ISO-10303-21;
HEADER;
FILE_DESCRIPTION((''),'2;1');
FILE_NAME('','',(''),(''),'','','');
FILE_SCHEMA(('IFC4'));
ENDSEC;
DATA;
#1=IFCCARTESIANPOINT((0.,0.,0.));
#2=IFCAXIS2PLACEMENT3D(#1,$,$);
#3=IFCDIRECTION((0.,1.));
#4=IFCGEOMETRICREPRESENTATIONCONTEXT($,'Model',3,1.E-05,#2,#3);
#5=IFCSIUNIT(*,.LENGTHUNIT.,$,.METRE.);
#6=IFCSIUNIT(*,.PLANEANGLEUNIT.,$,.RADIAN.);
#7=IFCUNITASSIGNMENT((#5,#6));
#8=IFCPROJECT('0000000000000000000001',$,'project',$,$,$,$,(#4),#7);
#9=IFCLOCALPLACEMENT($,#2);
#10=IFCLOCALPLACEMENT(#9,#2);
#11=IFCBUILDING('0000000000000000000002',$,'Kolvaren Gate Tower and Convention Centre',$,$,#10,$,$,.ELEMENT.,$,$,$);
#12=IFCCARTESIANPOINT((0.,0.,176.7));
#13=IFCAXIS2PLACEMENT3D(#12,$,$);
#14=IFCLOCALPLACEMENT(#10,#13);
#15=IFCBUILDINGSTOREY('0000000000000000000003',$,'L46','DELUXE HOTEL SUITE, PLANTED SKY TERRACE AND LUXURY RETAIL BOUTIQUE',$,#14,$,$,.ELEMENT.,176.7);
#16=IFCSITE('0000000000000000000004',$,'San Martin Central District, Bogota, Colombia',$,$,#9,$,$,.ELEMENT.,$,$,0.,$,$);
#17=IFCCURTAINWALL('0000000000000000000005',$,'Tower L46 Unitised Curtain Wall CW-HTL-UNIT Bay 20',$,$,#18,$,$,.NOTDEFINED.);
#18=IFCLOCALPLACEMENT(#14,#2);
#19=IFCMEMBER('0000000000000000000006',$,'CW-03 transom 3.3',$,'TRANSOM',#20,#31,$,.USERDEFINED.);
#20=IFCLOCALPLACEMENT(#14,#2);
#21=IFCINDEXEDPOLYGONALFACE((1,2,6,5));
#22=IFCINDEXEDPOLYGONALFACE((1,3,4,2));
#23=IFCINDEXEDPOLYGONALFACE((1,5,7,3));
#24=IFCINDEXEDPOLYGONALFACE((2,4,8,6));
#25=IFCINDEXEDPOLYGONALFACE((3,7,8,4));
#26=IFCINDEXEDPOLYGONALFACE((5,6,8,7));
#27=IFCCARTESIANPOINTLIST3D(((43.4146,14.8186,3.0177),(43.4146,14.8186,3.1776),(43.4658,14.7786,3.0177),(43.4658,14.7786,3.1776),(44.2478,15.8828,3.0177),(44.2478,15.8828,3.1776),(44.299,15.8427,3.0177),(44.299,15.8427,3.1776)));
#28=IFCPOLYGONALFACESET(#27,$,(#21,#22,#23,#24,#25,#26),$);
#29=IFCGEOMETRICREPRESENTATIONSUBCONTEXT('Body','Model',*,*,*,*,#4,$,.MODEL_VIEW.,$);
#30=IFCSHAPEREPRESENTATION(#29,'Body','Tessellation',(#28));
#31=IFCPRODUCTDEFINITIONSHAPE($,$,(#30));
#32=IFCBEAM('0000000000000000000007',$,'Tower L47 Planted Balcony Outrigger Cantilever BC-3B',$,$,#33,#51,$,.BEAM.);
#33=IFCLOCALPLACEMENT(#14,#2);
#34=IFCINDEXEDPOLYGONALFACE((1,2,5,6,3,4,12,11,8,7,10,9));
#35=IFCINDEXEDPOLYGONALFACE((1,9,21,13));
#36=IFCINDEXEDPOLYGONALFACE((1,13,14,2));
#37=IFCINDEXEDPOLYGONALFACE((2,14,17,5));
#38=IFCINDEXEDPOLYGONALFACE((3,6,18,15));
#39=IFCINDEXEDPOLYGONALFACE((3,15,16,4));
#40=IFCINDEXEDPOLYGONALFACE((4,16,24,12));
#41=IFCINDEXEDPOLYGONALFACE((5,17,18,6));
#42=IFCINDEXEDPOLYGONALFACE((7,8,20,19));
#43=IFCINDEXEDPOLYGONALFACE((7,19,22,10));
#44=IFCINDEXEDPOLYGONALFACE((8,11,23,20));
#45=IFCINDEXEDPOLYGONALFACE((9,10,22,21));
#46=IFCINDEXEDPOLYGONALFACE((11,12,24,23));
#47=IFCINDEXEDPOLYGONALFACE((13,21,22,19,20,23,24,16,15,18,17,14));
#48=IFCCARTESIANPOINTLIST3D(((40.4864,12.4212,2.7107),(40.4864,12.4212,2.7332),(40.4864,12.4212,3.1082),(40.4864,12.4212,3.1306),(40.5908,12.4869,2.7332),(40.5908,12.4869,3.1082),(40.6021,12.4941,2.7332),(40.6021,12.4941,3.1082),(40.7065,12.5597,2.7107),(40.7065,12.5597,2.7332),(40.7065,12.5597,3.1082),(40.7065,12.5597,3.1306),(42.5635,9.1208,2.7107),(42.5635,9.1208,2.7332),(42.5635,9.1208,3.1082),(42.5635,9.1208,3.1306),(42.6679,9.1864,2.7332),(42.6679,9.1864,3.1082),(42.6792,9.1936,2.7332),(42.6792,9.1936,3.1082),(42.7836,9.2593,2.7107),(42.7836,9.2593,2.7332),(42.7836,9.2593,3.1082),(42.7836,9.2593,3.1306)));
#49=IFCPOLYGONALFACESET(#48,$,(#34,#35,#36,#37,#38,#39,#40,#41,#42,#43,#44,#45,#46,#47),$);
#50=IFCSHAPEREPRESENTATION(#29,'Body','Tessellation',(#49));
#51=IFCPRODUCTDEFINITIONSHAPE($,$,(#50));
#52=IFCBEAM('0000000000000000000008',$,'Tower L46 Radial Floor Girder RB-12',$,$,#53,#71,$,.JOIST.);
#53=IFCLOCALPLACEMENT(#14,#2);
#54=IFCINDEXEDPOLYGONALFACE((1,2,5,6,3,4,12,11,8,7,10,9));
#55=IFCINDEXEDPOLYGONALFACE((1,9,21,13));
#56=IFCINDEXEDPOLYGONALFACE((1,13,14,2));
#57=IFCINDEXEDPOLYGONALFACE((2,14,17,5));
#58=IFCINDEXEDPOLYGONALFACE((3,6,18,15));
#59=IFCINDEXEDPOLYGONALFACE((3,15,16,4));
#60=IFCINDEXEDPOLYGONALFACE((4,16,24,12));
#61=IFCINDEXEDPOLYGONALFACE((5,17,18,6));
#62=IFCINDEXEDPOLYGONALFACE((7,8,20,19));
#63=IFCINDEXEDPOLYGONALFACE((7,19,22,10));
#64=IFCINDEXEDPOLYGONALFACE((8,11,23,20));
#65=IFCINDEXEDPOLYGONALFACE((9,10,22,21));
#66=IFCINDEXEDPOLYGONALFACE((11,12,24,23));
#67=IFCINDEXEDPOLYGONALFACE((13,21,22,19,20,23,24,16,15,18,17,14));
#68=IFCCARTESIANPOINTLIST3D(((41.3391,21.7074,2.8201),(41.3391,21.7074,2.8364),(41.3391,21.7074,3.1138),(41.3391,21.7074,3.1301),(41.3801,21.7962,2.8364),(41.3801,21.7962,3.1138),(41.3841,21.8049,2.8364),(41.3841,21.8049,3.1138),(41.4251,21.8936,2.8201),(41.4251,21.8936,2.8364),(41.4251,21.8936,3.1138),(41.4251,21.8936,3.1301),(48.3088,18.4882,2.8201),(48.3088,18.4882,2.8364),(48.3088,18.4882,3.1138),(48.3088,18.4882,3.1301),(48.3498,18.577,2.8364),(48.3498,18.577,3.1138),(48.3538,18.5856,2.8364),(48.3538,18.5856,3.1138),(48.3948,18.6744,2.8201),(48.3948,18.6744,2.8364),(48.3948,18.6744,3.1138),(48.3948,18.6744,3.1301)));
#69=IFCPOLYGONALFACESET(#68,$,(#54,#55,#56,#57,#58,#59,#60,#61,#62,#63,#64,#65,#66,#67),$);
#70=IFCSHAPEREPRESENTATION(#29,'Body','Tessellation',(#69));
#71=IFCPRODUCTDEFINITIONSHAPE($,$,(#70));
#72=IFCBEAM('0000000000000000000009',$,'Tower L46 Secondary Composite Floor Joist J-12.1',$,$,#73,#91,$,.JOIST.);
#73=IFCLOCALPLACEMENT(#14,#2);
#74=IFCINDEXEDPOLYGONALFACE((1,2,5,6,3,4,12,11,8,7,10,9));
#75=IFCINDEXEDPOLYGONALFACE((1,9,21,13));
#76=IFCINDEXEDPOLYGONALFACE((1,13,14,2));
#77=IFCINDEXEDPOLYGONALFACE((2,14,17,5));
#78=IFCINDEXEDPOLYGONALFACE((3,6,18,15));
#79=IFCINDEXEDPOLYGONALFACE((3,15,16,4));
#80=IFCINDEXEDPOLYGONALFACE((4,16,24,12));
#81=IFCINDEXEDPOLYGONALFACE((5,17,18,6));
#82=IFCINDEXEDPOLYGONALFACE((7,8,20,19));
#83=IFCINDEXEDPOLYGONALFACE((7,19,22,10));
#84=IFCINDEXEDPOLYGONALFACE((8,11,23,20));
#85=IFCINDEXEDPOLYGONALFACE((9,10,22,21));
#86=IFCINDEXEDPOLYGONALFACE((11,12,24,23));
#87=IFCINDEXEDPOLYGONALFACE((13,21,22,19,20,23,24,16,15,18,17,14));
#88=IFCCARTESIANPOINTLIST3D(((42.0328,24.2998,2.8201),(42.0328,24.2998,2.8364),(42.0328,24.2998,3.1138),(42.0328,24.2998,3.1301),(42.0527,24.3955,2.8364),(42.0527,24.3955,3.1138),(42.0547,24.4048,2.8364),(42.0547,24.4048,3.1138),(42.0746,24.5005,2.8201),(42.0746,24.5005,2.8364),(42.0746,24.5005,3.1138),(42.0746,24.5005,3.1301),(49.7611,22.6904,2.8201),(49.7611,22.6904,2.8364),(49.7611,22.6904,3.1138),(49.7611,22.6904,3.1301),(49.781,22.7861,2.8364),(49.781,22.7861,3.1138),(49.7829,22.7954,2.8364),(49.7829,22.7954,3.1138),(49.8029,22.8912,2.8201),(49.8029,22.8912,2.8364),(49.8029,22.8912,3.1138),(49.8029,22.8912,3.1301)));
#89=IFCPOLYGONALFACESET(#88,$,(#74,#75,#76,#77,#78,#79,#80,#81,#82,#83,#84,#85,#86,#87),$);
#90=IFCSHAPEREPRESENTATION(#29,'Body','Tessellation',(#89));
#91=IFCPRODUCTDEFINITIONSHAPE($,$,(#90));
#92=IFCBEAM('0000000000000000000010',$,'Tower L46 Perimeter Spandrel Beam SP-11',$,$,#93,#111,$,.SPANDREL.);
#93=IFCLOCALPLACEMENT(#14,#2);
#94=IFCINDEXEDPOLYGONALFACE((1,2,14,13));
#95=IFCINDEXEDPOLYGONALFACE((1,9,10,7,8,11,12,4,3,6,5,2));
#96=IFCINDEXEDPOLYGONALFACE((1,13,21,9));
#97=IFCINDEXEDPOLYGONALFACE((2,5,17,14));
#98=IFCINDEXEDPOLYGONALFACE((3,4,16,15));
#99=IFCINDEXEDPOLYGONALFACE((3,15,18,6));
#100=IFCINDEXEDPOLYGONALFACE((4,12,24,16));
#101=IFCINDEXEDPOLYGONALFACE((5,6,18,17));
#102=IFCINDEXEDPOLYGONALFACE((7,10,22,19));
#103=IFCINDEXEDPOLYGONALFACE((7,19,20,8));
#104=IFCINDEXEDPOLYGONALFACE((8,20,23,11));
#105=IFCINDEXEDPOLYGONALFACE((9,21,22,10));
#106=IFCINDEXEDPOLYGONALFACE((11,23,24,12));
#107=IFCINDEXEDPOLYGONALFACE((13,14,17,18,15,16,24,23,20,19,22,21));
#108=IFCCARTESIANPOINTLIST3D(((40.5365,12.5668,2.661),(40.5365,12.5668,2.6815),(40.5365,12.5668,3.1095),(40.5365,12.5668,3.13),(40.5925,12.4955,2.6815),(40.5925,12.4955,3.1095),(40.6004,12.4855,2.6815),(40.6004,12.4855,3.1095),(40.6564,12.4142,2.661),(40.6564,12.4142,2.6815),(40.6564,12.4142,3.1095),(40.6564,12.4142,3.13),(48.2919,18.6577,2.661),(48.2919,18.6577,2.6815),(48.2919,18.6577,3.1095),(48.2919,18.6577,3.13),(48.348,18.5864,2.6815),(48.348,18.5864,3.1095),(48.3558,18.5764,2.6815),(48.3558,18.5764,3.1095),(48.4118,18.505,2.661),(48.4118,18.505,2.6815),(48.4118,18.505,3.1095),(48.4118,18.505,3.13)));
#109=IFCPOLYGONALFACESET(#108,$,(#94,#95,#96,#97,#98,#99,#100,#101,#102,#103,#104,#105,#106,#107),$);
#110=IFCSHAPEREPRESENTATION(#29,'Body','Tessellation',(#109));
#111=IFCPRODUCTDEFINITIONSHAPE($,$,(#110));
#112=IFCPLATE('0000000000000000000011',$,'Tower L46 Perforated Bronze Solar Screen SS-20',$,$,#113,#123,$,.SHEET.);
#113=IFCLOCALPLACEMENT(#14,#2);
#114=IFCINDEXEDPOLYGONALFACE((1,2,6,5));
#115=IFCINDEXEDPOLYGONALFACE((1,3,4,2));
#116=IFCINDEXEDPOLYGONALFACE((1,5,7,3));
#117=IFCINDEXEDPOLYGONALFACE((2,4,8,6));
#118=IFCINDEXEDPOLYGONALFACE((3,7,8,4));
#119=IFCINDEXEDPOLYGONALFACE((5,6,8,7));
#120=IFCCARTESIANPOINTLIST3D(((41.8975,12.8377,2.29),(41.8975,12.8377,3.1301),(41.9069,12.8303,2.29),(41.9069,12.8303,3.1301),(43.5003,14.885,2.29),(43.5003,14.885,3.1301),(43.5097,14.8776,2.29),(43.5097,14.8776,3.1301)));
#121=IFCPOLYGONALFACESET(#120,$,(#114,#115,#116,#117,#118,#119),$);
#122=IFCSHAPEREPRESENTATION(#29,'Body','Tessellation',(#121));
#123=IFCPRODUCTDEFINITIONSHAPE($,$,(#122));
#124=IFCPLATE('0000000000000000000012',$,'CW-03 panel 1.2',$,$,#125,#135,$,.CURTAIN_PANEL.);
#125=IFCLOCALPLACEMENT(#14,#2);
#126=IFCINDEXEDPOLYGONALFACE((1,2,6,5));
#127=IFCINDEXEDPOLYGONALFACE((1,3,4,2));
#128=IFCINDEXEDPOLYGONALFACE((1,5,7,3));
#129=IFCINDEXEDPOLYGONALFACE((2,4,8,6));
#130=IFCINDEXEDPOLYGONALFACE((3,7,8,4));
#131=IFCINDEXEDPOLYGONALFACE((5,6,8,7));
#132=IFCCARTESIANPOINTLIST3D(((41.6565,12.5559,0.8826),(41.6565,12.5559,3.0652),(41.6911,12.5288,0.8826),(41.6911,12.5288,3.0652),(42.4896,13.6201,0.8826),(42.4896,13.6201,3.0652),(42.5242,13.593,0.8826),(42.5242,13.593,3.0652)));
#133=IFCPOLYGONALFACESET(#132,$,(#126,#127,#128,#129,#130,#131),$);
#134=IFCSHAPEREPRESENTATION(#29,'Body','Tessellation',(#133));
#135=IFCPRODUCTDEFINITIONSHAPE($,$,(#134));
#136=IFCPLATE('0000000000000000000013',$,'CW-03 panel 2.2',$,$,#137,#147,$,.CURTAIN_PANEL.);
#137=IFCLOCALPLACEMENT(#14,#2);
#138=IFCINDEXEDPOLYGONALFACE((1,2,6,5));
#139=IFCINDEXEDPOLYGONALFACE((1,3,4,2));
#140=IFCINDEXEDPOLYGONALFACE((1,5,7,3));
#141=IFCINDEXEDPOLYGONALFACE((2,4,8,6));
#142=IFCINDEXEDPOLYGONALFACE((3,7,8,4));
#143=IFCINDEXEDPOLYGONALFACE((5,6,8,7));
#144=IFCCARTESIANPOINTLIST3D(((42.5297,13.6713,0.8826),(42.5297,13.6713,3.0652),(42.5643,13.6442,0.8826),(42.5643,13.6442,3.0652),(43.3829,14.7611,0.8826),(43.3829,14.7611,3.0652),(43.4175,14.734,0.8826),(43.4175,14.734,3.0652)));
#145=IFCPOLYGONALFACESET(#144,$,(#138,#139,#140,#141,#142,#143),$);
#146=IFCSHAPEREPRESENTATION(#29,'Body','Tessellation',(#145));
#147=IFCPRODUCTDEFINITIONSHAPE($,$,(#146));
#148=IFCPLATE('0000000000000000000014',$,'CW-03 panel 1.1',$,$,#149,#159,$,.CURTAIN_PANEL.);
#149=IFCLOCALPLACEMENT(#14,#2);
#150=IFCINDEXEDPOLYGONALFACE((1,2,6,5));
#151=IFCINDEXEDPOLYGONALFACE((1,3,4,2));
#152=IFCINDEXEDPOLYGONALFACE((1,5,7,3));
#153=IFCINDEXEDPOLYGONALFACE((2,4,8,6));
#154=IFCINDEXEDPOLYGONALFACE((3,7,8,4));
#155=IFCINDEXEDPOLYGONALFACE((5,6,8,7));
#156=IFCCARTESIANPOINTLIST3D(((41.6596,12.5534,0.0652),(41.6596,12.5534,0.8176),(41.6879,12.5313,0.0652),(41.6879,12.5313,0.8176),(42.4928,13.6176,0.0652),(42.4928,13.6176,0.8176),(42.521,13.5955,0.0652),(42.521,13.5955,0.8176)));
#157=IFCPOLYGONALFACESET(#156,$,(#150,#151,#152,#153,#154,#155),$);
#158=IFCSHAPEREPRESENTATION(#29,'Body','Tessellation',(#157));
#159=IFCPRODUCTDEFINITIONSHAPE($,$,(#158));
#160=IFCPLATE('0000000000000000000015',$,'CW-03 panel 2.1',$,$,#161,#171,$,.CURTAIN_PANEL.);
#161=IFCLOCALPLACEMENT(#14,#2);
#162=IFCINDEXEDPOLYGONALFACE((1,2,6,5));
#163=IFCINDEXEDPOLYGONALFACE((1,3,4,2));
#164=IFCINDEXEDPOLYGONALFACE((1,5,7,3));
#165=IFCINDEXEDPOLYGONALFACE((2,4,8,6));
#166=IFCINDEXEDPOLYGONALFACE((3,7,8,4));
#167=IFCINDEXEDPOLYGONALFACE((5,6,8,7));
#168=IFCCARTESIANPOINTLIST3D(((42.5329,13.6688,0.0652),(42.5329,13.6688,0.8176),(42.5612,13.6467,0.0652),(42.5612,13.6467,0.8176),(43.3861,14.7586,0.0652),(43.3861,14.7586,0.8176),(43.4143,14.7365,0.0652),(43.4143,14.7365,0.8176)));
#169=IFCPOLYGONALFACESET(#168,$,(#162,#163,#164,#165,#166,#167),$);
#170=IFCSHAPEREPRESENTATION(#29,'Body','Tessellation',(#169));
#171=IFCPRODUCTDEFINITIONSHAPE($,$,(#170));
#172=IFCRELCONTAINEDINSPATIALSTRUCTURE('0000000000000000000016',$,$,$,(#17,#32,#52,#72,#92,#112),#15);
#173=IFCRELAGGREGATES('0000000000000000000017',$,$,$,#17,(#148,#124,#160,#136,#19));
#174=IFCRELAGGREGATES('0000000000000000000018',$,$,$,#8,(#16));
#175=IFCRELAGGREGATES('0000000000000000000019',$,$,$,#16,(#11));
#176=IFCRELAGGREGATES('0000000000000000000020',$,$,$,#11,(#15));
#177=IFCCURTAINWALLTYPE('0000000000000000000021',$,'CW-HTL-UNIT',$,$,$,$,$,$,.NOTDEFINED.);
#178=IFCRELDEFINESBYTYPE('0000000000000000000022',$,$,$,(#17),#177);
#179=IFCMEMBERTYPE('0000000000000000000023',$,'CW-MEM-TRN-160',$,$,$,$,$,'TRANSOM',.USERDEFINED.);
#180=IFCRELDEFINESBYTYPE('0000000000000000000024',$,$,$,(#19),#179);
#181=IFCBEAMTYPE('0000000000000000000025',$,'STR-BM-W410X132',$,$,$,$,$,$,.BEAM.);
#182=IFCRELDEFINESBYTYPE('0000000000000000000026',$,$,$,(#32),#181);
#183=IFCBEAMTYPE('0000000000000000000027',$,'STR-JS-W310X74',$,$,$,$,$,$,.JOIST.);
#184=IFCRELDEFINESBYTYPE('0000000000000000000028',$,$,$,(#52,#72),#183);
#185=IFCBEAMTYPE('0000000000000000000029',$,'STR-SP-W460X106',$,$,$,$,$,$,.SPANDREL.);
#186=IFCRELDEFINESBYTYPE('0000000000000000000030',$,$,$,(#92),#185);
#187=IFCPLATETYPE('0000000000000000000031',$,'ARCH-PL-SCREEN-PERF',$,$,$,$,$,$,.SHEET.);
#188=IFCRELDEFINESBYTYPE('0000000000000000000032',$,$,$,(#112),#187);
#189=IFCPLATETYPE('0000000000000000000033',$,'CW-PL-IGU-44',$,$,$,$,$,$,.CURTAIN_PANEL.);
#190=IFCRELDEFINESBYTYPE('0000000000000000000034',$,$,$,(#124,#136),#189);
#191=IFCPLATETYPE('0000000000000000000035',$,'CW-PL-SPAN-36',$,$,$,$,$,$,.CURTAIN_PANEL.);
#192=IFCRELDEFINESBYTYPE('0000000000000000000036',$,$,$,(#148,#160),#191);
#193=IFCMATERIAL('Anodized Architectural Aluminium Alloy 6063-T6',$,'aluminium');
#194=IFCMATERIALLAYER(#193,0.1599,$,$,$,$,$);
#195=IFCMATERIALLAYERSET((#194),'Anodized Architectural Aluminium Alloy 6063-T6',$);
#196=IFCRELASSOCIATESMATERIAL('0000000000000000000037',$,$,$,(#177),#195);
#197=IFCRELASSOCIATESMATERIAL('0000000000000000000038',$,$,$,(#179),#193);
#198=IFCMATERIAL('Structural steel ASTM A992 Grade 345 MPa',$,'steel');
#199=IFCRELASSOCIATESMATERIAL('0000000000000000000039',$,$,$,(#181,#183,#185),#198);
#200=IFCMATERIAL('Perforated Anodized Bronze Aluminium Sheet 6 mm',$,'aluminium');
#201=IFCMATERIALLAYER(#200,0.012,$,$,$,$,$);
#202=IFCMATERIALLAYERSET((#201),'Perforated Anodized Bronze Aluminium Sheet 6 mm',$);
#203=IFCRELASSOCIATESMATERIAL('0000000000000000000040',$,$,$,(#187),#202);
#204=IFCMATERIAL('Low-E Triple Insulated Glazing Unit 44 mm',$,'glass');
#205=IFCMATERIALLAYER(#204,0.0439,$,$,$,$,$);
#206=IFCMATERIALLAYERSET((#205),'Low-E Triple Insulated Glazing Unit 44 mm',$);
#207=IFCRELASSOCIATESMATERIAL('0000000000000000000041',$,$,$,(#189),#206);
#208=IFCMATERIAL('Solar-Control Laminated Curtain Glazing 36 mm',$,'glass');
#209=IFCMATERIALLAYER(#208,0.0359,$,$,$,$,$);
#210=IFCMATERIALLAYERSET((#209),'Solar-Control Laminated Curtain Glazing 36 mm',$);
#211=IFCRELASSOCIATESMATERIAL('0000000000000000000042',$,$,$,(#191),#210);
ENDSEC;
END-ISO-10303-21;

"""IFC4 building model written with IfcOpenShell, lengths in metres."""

from ifc_helpers import new_model, si_unit, direction, frame, origin, origin_2d, place, context, subcontext, project, spatial, rectangle, i_section, extrude, material, layer, layer_set, material_profile, profile_set, type_object, element, aggregate, save


model = new_model("IFC4")

# Units and contexts
model_context = context("Model", 3, precision=1e-05, world=origin(), true_north=direction((0.0, 1.0)))
body_context = subcontext(model_context, "Body", "Model", "MODEL_VIEW")
ifc_project = project(units=[si_unit("LENGTHUNIT", "METRE"), si_unit("PLANEANGLEUNIT", "RADIAN")], contexts=[model_context])

# Site, building, storey
site_placement = place(None, origin())
site = spatial("IfcSite", under=ifc_project, at=site_placement, Name="San Martin Central District, Bogota, Colombia", CompositionType="ELEMENT", RefElevation=0.0)
building_placement = place(site_placement, origin())
building = spatial("IfcBuilding", under=site, at=building_placement, Name="Kolvaren Gate Tower and Convention Centre", CompositionType="ELEMENT")
storey_placement = place(building_placement, frame((0.0, 0.0, 176.7)))
storey = spatial("IfcBuildingStorey", under=building, at=storey_placement, Name="L46", Description="DELUXE HOTEL SUITE, PLANTED SKY TERRACE AND LUXURY RETAIL BOUTIQUE", CompositionType="ELEMENT", Elevation=176.7)

# Curtain wall, member
ifc_material_1 = material(Name="Anodized Architectural Aluminium Alloy 6063-T6", Category="aluminium")
ifc_layer_1 = layer(ifc_material_1, 0.1599)
ifc_layer_set_1 = layer_set([ifc_layer_1], Name="Anodized Architectural Aluminium Alloy 6063-T6")
curtain_wall_type = type_object("IfcCurtainWallType", Name="CW-HTL-UNIT", PredefinedType="NOTDEFINED", material=ifc_layer_set_1)
curtain_wall_placement = place(storey_placement, origin())
curtain_wall = element("IfcCurtainWall", 1, at=curtain_wall_placement, inside=storey, type_object=curtain_wall_type, Name="Tower L46 Unitised Curtain Wall CW-HTL-UNIT Bay 20", PredefinedType="NOTDEFINED")
ifc_material_profile_1 = material_profile(ifc_material_1, rectangle(XDim=0.0649, YDim=0.1599, at=origin_2d()), Name="CW-MEM-TRN-160")
ifc_profile_set_1 = profile_set([ifc_material_profile_1], Name="Anodized Architectural Aluminium Alloy 6063-T6")
member_type_1 = type_object("IfcMemberType", Name="CW-MEM-TRN-160", ElementType="TRANSOM", PredefinedType="USERDEFINED", material=ifc_profile_set_1)
member_1_placement = place(storey_placement, frame((43.4402, 14.7986, 3.0977), z_axis=(0.616488, 0.787364, 0.0), x_axis=(-0.787364, 0.616488, 0.0)))
member_1 = element("IfcMember", 2, at=member_1_placement, type_object=member_type_1, Name="CW-03 transom 3.3", ObjectType="TRANSOM", PredefinedType="USERDEFINED", context=body_context, shape_type="SweptSolid", body=[
    extrude(rectangle(XDim=0.0649, YDim=0.1599, at=origin_2d()), origin(), (0.0, 0.0, 1.0), 1.3516),
])

# Beams
ifc_material_2 = material(Name="Structural steel ASTM A992 Grade 345 MPa", Category="steel")
ifc_material_profile_2 = material_profile(ifc_material_2, i_section(OverallWidth=0.26, OverallDepth=0.4199, WebThickness=0.0134, FlangeThickness=0.0225, at=origin_2d()), Name="W410X132")
ifc_profile_set_2 = profile_set([ifc_material_profile_2], Name="Structural steel ASTM A992 Grade 345 MPa")
beam_type_1 = type_object("IfcBeamType", Name="STR-BM-W410X132", PredefinedType="BEAM", material=ifc_profile_set_2)
beam_1_placement = place(storey_placement, frame((40.5964, 12.4905, 2.9207), z_axis=(0.532636, -0.846345, 0.0), x_axis=(0.846345, 0.532636, 0.0)))
element("IfcBeam", 3, at=beam_1_placement, inside=storey, type_object=beam_type_1, Name="Tower L47 Planted Balcony Outrigger Cantilever BC-3B", PredefinedType="BEAM", context=body_context, shape_type="SweptSolid", body=[
    extrude(i_section(OverallWidth=0.26, OverallDepth=0.4199, WebThickness=0.0134, FlangeThickness=0.0225, at=origin_2d()), origin(), (0.0, 0.0, 1.0), 3.8997),
])
ifc_material_profile_3 = material_profile(ifc_material_2, i_section(OverallWidth=0.2051, OverallDepth=0.3101, WebThickness=0.0095, FlangeThickness=0.0164, at=origin_2d()), Name="W310X74")
ifc_profile_set_3 = profile_set([ifc_material_profile_3], Name="Structural steel ASTM A992 Grade 345 MPa")
beam_type_2 = type_object("IfcBeamType", Name="STR-JS-W310X74", PredefinedType="JOIST", material=ifc_profile_set_3)
beam_2_placement = place(storey_placement, frame((41.3821, 21.8005, 2.9751), z_axis=(0.907838, -0.41932, 0.0), x_axis=(0.41932, 0.907838, 0.0)))
element("IfcBeam", 4, at=beam_2_placement, inside=storey, type_object=beam_type_2, Name="Tower L46 Radial Floor Girder RB-12", PredefinedType="JOIST", context=body_context, shape_type="SweptSolid", body=[
    extrude(i_section(OverallWidth=0.2051, OverallDepth=0.3101, WebThickness=0.0095, FlangeThickness=0.0164, at=origin_2d()), origin(), (0.0, 0.0, 1.0), 7.6772),
])
beam_3_placement = place(storey_placement, frame((42.0537, 24.4001, 2.9751), z_axis=(0.978998, -0.203872, 0.0), x_axis=(0.203872, 0.978998, 0.0)))
element("IfcBeam", 5, at=beam_3_placement, inside=storey, type_object=beam_type_2, Name="Tower L46 Secondary Composite Floor Joist J-12.1", PredefinedType="JOIST", context=body_context, shape_type="SweptSolid", body=[
    extrude(i_section(OverallWidth=0.2051, OverallDepth=0.3101, WebThickness=0.0095, FlangeThickness=0.0164, at=origin_2d()), origin(), (0.0, 0.0, 1.0), 7.894),
])
ifc_material_profile_4 = material_profile(ifc_material_2, i_section(OverallWidth=0.1941, OverallDepth=0.469, WebThickness=0.0127, FlangeThickness=0.0205, at=origin_2d()), Name="W460X106")
ifc_profile_set_4 = profile_set([ifc_material_profile_4], Name="Structural steel ASTM A992 Grade 345 MPa")
beam_type_3 = type_object("IfcBeamType", Name="STR-SP-W460X106", PredefinedType="SPANDREL", material=ifc_profile_set_4)
beam_4_placement = place(storey_placement, frame((40.5964, 12.4905, 2.8955), z_axis=(0.786451, 0.617653, 0.0), x_axis=(-0.617653, 0.786451, 0.0)))
element("IfcBeam", 6, at=beam_4_placement, inside=storey, type_object=beam_type_3, Name="Tower L46 Perimeter Spandrel Beam SP-11", PredefinedType="SPANDREL", context=body_context, shape_type="SweptSolid", body=[
    extrude(i_section(OverallWidth=0.1941, OverallDepth=0.469, WebThickness=0.0127, FlangeThickness=0.0205, at=origin_2d()), origin(), (0.0, 0.0, 1.0), 9.8613),
])

# Plates
ifc_material_3 = material(Name="Perforated Anodized Bronze Aluminium Sheet 6 mm", Category="aluminium")
ifc_layer_2 = layer(ifc_material_3, 0.012)
ifc_layer_set_2 = layer_set([ifc_layer_2], Name="Perforated Anodized Bronze Aluminium Sheet 6 mm")
plate_type_1 = type_object("IfcPlateType", Name="ARCH-PL-SCREEN-PERF", PredefinedType="SHEET", material=ifc_layer_set_2)
plate_1_placement = place(storey_placement, frame((42.7036, 13.8577, 2.29), z_axis=(0.0, 0.0, 1.0), x_axis=(0.616434, 0.787406, 0.0)))
element("IfcPlate", 7, at=plate_1_placement, inside=storey, type_object=plate_type_1, Name="Tower L46 Perforated Bronze Solar Screen SS-20", PredefinedType="SHEET", context=body_context, shape_type="SweptSolid", body=[
    extrude(rectangle(XDim=2.6001, YDim=0.012, at=origin_2d()), origin(), (0.0, 0.0, 1.0), 0.8401),
])
ifc_material_4 = material(Name="Low-E Triple Insulated Glazing Unit 44 mm", Category="glass")
ifc_layer_3 = layer(ifc_material_4, 0.0439)
ifc_layer_set_3 = layer_set([ifc_layer_3], Name="Low-E Triple Insulated Glazing Unit 44 mm")
plate_type_2 = type_object("IfcPlateType", Name="CW-PL-IGU-44", PredefinedType="CURTAIN_PANEL", material=ifc_layer_set_3)
plate_2_placement = place(storey_placement, frame((42.0903, 13.0745, 0.8826), z_axis=(0.0, 0.0, 1.0), x_axis=(0.616438, 0.787404, 0.0)))
plate_2 = element("IfcPlate", 8, at=plate_2_placement, type_object=plate_type_2, Name="CW-03 panel 1.2", PredefinedType="CURTAIN_PANEL", context=body_context, shape_type="SweptSolid", body=[
    extrude(rectangle(XDim=1.3516, YDim=0.0439, at=origin_2d()), origin(), (0.0, 0.0, 1.0), 2.1826),
])
plate_3_placement = place(storey_placement, frame((42.9736, 14.2026, 0.8826), z_axis=(0.0, 0.0, 1.0), x_axis=(0.616438, 0.787404, 0.0)))
plate_3 = element("IfcPlate", 9, at=plate_3_placement, type_object=plate_type_2, Name="CW-03 panel 2.2", PredefinedType="CURTAIN_PANEL", context=body_context, shape_type="SweptSolid", body=[
    extrude(rectangle(XDim=1.384, YDim=0.0439, at=origin_2d()), origin(), (0.0, 0.0, 1.0), 2.1826),
])
ifc_material_5 = material(Name="Solar-Control Laminated Curtain Glazing 36 mm", Category="glass")
ifc_layer_4 = layer(ifc_material_5, 0.0359)
ifc_layer_set_4 = layer_set([ifc_layer_4], Name="Solar-Control Laminated Curtain Glazing 36 mm")
plate_type_3 = type_object("IfcPlateType", Name="CW-PL-SPAN-36", PredefinedType="CURTAIN_PANEL", material=ifc_layer_set_4)
plate_4_placement = place(storey_placement, frame((42.0903, 13.0745, 0.0652), z_axis=(0.0, 0.0, 1.0), x_axis=(0.616438, 0.787404, 0.0)))
plate_4 = element("IfcPlate", 10, at=plate_4_placement, type_object=plate_type_3, Name="CW-03 panel 1.1", PredefinedType="CURTAIN_PANEL", context=body_context, shape_type="SweptSolid", body=[
    extrude(rectangle(XDim=1.3516, YDim=0.0359, at=origin_2d()), origin(), (0.0, 0.0, 1.0), 0.7524),
])
plate_5_placement = place(storey_placement, frame((42.9736, 14.2026, 0.0652), z_axis=(0.0, 0.0, 1.0), x_axis=(0.616438, 0.787404, 0.0)))
plate_5 = element("IfcPlate", 11, at=plate_5_placement, type_object=plate_type_3, Name="CW-03 panel 2.1", PredefinedType="CURTAIN_PANEL", context=body_context, shape_type="SweptSolid", body=[
    extrude(rectangle(XDim=1.384, YDim=0.0359, at=origin_2d()), origin(), (0.0, 0.0, 1.0), 0.7524),
])
aggregate(curtain_wall, [plate_4, plate_2, plate_5, plate_3, member_1])

save(model, "model.ifc")
